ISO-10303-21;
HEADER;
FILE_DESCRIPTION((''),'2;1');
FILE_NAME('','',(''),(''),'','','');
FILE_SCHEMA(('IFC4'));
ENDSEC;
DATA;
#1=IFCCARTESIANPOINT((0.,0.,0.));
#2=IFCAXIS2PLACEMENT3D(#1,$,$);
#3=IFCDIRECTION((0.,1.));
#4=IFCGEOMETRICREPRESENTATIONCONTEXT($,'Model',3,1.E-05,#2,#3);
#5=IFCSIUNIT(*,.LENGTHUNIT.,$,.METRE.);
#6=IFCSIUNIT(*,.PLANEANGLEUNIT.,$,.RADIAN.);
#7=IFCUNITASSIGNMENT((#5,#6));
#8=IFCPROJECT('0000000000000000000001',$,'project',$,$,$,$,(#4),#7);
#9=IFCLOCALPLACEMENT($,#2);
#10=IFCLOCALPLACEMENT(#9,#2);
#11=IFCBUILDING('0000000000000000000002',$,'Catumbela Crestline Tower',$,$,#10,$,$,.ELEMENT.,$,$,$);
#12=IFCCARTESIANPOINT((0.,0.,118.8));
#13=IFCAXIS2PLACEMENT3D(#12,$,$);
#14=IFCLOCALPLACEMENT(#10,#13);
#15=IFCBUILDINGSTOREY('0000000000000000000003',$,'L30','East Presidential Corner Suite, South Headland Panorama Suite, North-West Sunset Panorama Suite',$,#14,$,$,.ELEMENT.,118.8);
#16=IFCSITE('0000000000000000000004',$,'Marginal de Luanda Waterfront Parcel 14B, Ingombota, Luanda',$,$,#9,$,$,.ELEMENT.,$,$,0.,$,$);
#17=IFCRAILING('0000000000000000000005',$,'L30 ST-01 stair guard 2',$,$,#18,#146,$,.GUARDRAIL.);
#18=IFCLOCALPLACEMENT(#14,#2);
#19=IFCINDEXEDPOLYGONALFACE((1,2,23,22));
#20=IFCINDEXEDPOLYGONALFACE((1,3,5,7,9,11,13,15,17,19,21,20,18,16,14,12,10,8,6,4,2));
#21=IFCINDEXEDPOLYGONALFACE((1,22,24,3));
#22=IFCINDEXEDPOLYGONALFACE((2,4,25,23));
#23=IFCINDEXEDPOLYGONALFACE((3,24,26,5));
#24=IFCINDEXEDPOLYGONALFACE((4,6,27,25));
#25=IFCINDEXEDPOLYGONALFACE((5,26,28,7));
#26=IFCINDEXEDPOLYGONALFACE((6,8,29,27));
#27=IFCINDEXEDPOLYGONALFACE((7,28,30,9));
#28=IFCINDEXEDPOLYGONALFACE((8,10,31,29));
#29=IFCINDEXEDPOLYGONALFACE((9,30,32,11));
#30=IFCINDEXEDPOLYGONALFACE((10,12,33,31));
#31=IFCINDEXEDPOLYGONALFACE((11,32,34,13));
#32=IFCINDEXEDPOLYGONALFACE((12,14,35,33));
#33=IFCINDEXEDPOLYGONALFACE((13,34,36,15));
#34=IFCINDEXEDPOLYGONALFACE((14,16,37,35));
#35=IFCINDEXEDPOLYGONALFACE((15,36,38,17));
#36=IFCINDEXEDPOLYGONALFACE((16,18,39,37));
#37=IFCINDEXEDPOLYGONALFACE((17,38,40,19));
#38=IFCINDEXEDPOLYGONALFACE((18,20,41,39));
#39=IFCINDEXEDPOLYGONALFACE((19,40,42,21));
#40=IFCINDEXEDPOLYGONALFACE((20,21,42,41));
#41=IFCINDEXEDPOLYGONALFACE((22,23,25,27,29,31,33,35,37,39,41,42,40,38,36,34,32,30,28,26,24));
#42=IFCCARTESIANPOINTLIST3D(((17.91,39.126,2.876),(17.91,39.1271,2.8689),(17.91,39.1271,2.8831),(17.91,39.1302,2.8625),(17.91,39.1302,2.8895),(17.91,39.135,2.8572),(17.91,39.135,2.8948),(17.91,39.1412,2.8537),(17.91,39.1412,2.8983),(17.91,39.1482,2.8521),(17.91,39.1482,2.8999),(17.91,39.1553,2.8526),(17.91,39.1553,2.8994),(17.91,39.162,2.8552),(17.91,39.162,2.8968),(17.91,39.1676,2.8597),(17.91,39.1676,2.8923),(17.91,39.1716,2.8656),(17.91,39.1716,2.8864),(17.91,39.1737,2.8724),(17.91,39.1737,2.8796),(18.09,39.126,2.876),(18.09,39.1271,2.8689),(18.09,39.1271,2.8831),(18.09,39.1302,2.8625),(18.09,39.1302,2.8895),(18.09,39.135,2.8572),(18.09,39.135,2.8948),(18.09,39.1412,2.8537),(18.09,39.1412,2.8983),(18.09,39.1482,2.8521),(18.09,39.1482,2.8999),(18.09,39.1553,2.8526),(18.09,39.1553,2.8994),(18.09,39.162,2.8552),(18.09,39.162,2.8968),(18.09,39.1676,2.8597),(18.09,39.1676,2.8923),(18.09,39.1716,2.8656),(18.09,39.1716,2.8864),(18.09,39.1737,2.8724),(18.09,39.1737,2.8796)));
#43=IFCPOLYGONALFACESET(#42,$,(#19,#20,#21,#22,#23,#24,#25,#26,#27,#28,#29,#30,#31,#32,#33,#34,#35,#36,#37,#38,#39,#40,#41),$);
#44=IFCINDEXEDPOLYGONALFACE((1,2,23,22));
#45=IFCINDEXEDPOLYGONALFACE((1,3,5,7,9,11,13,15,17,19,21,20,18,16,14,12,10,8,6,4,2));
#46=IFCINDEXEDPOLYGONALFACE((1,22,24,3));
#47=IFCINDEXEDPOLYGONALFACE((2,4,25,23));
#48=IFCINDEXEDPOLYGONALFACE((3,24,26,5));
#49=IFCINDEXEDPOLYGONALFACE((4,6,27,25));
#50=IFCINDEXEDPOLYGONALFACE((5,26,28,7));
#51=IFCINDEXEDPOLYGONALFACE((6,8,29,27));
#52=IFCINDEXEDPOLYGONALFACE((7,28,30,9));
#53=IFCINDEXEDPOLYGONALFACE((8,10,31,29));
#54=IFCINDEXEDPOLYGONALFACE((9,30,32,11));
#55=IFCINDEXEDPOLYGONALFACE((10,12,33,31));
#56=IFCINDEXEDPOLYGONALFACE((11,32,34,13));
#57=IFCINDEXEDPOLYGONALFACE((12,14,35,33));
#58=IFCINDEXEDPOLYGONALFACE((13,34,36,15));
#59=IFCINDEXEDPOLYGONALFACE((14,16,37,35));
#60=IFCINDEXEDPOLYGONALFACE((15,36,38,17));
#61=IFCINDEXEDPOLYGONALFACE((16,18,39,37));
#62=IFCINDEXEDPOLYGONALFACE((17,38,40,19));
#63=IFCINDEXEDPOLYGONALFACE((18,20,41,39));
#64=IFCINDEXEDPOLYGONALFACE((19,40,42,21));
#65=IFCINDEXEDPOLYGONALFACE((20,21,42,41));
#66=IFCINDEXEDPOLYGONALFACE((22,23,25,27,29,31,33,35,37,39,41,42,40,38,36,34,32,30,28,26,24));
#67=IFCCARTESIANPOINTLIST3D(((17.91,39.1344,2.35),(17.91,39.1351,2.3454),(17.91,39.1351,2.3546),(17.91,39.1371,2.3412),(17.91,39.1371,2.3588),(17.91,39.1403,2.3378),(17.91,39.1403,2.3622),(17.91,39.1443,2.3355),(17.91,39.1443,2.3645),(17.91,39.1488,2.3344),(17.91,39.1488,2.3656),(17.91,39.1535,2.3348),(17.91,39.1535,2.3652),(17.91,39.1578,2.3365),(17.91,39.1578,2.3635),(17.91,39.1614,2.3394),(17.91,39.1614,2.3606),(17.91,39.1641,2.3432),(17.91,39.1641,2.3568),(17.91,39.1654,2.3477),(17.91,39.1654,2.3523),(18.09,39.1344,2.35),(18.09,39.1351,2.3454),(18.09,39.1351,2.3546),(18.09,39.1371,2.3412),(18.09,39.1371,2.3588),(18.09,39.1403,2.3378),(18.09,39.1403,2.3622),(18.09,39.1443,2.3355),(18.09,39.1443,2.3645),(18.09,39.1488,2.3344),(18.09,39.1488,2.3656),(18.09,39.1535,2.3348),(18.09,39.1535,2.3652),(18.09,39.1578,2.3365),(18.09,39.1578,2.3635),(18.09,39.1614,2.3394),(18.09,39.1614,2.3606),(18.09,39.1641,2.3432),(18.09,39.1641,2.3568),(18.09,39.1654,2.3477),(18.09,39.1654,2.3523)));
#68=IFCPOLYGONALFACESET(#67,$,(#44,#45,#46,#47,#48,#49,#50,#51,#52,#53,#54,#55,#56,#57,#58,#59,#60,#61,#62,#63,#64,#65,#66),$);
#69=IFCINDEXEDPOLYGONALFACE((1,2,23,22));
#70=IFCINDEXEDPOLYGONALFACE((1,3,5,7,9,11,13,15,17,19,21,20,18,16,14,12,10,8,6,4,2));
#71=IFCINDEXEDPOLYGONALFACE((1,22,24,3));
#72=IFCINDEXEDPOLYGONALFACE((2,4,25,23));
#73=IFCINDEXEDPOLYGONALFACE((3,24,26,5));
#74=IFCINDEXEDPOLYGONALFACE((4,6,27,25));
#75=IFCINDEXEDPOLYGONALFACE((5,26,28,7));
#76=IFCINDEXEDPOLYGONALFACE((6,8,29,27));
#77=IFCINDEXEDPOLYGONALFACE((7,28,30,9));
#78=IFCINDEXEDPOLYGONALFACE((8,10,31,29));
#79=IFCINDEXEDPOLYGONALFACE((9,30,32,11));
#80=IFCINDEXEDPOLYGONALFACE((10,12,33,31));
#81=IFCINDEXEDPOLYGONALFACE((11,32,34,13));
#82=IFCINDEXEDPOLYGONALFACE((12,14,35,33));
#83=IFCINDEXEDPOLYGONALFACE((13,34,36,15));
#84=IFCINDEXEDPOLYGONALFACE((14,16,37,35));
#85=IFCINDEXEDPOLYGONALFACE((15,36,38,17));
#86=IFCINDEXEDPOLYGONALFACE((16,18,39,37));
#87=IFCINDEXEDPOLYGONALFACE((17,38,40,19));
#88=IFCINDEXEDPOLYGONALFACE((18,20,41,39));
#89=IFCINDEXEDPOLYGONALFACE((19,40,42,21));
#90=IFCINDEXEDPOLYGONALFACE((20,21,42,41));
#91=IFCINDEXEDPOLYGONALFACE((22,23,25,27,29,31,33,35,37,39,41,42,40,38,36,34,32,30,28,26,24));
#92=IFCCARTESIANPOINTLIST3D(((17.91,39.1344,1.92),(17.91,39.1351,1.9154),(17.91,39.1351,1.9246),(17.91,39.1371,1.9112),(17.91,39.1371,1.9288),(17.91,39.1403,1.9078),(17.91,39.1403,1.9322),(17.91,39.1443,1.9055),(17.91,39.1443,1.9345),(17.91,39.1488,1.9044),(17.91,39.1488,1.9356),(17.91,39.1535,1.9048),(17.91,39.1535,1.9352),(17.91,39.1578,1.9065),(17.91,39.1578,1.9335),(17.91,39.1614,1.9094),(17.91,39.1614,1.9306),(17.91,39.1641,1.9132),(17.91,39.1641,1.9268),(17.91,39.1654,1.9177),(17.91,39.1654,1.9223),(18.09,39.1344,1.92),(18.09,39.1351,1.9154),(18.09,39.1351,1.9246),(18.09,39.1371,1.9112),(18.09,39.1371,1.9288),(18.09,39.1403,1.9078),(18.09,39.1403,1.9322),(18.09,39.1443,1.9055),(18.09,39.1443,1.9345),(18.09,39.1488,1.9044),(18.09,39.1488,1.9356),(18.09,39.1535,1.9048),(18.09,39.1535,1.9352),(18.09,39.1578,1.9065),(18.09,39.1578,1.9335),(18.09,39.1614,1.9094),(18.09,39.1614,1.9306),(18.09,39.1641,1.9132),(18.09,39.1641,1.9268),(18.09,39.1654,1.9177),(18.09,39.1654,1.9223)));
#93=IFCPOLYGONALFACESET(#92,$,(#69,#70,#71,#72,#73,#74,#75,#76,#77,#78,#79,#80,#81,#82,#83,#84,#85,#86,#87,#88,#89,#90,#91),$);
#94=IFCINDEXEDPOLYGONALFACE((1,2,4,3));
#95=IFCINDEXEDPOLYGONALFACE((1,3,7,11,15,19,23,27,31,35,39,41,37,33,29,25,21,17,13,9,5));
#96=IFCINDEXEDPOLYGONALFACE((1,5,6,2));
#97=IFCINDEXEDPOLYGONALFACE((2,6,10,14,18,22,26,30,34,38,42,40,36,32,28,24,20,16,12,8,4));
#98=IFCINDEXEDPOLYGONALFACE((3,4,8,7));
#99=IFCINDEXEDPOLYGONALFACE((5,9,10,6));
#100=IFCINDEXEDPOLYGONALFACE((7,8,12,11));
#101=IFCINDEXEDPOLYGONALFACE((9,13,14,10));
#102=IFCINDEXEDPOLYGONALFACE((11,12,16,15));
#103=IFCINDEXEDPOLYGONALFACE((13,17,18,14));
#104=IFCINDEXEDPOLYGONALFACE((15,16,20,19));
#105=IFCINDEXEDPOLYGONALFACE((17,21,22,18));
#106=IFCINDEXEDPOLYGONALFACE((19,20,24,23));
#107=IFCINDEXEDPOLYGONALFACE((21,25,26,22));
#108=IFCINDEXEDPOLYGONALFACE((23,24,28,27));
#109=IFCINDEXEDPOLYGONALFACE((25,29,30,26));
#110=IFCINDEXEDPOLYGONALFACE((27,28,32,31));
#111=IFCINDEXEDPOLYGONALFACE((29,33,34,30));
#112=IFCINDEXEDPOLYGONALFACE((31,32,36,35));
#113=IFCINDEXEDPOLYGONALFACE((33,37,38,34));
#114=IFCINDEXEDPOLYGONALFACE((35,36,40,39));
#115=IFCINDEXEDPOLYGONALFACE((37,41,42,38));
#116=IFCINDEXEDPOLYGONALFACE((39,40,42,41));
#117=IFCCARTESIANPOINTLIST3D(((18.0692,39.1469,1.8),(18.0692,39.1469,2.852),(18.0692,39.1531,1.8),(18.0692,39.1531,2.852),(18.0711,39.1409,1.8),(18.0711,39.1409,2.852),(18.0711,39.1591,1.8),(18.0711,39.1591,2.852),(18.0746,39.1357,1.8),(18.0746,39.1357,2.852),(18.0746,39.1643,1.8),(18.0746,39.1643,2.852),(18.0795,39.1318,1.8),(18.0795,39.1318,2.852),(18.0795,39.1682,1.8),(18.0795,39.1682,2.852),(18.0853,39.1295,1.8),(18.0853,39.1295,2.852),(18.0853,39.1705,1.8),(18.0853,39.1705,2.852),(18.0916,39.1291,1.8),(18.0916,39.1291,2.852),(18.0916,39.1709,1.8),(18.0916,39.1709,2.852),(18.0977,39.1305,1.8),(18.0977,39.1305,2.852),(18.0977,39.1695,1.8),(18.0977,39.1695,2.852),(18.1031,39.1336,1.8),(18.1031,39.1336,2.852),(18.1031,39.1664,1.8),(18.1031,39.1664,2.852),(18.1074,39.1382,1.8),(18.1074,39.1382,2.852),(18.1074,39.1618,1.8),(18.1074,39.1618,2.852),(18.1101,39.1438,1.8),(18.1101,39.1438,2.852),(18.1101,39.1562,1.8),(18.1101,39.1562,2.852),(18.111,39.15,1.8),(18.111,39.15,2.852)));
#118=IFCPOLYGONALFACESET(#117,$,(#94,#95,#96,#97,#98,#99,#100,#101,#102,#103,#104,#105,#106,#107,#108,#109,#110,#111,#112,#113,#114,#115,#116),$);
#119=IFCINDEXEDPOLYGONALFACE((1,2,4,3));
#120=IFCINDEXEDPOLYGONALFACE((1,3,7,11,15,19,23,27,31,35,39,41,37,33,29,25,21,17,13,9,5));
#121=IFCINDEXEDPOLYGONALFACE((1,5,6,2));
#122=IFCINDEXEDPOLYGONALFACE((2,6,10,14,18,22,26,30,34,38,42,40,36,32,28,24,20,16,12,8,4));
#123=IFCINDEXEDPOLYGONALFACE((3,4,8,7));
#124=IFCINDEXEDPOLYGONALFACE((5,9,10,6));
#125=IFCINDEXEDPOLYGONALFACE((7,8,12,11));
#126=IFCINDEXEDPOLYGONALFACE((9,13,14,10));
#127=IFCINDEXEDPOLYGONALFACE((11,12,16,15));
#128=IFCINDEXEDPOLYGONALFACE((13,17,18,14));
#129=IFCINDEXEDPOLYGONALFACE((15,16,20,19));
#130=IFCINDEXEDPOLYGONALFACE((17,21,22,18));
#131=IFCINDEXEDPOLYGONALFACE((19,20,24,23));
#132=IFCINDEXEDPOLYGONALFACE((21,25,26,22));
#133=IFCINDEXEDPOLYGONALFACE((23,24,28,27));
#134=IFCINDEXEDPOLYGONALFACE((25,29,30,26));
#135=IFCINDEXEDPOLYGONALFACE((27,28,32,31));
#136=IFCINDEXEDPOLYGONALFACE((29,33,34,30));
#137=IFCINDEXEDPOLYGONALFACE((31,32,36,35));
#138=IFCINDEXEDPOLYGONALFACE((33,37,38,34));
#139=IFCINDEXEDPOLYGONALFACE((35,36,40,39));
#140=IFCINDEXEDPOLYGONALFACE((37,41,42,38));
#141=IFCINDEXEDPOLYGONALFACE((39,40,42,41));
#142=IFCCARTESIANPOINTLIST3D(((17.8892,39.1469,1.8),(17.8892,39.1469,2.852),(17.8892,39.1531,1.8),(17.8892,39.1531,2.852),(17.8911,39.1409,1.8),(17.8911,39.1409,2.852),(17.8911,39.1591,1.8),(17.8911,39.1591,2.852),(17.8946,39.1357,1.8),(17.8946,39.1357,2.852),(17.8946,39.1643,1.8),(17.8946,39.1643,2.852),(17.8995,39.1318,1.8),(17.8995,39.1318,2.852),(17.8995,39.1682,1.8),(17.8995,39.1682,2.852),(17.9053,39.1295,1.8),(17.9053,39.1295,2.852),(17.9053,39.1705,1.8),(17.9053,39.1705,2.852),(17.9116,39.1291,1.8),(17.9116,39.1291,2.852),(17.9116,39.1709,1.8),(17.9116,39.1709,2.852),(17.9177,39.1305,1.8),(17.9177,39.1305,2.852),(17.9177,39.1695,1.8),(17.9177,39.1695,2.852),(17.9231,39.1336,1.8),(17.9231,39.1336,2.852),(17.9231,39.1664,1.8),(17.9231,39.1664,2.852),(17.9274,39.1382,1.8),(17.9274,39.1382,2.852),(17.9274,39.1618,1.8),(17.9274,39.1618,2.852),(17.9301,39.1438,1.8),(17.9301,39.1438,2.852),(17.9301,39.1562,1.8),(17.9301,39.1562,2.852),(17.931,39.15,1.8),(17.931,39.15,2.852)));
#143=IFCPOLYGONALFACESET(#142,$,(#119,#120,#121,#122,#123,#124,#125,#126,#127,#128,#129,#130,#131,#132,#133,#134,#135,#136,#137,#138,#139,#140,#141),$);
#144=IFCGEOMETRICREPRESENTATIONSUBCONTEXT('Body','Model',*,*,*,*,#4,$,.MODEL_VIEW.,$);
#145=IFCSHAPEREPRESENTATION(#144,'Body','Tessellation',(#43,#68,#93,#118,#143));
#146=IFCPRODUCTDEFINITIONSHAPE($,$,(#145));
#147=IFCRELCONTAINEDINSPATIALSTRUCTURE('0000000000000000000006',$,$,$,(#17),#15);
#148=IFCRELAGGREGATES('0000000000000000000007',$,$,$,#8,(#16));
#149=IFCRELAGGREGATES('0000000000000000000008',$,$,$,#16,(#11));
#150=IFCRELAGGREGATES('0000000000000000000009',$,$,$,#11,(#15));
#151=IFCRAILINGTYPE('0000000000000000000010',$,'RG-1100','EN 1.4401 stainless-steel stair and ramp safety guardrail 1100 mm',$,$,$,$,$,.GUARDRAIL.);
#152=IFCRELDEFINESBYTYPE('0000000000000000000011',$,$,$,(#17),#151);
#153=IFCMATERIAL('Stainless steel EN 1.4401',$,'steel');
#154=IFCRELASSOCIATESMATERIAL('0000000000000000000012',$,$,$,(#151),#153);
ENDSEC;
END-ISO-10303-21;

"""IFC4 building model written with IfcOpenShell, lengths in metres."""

from ifc_helpers import new_model, si_unit, direction, frame, origin, origin_2d, place, context, subcontext, project, spatial, circle, extrude, material, type_object, element, save


model = new_model("IFC4")

# Units and contexts
model_context = context("Model", 3, precision=1e-05, world=origin(), true_north=direction((0.0, 1.0)))
body_context = subcontext(model_context, "Body", "Model", "MODEL_VIEW")
ifc_project = project(units=[si_unit("LENGTHUNIT", "METRE"), si_unit("PLANEANGLEUNIT", "RADIAN")], contexts=[model_context])

# Site, building, storey
site_placement = place(None, origin())
site = spatial("IfcSite", under=ifc_project, at=site_placement, Name="Marginal de Luanda Waterfront Parcel 14B, Ingombota, Luanda", CompositionType="ELEMENT", RefElevation=0.0)
building_placement = place(site_placement, origin())
building = spatial("IfcBuilding", under=site, at=building_placement, Name="Catumbela Crestline Tower", CompositionType="ELEMENT")
storey_placement = place(building_placement, frame((0.0, 0.0, 118.8)))
storey = spatial("IfcBuildingStorey", under=building, at=storey_placement, Name="L30", Description="East Presidential Corner Suite, South Headland Panorama Suite, North-West Sunset Panorama Suite", CompositionType="ELEMENT", Elevation=118.8)

# Railing
ifc_material_1 = material(Name="Stainless steel EN 1.4401", Category="steel")
railing_type_1 = type_object("IfcRailingType", Name="RG-1100", Description="EN 1.4401 stainless-steel stair and ramp safety guardrail 1100 mm", PredefinedType="GUARDRAIL", material=ifc_material_1)
railing_1_placement = place(storey_placement, frame((18.09, 39.15, 1.8)))
element("IfcRailing", 1, at=railing_1_placement, inside=storey, type_object=railing_type_1, Name="L30 ST-01 stair guard 2", PredefinedType="GUARDRAIL", context=body_context, shape_type="SweptSolid", body=[
    extrude(circle(Radius=0.024, at=origin_2d()), frame((0.0, 0.0, 1.076), z_axis=(-1.0, 0.0, 0.0), x_axis=(0.0, -1.0, 0.0)), (0.0, 0.0, 1.0), 0.18),
    extrude(circle(Radius=0.0156, at=origin_2d()), frame((0.0, 0.0, 0.55), z_axis=(-1.0, 0.0, 0.0), x_axis=(0.0, -1.0, 0.0)), (0.0, 0.0, 1.0), 0.18),
    extrude(circle(Radius=0.0156, at=origin_2d()), frame((0.0, 0.0, 0.12), z_axis=(-1.0, 0.0, 0.0), x_axis=(0.0, -1.0, 0.0)), (0.0, 0.0, 1.0), 0.18),
    extrude(circle(Radius=0.021, at=origin_2d()), origin(), (0.0, 0.0, 1.0), 1.052),
    extrude(circle(Radius=0.021, at=origin_2d()), frame((-0.18, 0.0, 0.0)), (0.0, 0.0, 1.0), 1.052),
])

save(model, "model.ifc")
